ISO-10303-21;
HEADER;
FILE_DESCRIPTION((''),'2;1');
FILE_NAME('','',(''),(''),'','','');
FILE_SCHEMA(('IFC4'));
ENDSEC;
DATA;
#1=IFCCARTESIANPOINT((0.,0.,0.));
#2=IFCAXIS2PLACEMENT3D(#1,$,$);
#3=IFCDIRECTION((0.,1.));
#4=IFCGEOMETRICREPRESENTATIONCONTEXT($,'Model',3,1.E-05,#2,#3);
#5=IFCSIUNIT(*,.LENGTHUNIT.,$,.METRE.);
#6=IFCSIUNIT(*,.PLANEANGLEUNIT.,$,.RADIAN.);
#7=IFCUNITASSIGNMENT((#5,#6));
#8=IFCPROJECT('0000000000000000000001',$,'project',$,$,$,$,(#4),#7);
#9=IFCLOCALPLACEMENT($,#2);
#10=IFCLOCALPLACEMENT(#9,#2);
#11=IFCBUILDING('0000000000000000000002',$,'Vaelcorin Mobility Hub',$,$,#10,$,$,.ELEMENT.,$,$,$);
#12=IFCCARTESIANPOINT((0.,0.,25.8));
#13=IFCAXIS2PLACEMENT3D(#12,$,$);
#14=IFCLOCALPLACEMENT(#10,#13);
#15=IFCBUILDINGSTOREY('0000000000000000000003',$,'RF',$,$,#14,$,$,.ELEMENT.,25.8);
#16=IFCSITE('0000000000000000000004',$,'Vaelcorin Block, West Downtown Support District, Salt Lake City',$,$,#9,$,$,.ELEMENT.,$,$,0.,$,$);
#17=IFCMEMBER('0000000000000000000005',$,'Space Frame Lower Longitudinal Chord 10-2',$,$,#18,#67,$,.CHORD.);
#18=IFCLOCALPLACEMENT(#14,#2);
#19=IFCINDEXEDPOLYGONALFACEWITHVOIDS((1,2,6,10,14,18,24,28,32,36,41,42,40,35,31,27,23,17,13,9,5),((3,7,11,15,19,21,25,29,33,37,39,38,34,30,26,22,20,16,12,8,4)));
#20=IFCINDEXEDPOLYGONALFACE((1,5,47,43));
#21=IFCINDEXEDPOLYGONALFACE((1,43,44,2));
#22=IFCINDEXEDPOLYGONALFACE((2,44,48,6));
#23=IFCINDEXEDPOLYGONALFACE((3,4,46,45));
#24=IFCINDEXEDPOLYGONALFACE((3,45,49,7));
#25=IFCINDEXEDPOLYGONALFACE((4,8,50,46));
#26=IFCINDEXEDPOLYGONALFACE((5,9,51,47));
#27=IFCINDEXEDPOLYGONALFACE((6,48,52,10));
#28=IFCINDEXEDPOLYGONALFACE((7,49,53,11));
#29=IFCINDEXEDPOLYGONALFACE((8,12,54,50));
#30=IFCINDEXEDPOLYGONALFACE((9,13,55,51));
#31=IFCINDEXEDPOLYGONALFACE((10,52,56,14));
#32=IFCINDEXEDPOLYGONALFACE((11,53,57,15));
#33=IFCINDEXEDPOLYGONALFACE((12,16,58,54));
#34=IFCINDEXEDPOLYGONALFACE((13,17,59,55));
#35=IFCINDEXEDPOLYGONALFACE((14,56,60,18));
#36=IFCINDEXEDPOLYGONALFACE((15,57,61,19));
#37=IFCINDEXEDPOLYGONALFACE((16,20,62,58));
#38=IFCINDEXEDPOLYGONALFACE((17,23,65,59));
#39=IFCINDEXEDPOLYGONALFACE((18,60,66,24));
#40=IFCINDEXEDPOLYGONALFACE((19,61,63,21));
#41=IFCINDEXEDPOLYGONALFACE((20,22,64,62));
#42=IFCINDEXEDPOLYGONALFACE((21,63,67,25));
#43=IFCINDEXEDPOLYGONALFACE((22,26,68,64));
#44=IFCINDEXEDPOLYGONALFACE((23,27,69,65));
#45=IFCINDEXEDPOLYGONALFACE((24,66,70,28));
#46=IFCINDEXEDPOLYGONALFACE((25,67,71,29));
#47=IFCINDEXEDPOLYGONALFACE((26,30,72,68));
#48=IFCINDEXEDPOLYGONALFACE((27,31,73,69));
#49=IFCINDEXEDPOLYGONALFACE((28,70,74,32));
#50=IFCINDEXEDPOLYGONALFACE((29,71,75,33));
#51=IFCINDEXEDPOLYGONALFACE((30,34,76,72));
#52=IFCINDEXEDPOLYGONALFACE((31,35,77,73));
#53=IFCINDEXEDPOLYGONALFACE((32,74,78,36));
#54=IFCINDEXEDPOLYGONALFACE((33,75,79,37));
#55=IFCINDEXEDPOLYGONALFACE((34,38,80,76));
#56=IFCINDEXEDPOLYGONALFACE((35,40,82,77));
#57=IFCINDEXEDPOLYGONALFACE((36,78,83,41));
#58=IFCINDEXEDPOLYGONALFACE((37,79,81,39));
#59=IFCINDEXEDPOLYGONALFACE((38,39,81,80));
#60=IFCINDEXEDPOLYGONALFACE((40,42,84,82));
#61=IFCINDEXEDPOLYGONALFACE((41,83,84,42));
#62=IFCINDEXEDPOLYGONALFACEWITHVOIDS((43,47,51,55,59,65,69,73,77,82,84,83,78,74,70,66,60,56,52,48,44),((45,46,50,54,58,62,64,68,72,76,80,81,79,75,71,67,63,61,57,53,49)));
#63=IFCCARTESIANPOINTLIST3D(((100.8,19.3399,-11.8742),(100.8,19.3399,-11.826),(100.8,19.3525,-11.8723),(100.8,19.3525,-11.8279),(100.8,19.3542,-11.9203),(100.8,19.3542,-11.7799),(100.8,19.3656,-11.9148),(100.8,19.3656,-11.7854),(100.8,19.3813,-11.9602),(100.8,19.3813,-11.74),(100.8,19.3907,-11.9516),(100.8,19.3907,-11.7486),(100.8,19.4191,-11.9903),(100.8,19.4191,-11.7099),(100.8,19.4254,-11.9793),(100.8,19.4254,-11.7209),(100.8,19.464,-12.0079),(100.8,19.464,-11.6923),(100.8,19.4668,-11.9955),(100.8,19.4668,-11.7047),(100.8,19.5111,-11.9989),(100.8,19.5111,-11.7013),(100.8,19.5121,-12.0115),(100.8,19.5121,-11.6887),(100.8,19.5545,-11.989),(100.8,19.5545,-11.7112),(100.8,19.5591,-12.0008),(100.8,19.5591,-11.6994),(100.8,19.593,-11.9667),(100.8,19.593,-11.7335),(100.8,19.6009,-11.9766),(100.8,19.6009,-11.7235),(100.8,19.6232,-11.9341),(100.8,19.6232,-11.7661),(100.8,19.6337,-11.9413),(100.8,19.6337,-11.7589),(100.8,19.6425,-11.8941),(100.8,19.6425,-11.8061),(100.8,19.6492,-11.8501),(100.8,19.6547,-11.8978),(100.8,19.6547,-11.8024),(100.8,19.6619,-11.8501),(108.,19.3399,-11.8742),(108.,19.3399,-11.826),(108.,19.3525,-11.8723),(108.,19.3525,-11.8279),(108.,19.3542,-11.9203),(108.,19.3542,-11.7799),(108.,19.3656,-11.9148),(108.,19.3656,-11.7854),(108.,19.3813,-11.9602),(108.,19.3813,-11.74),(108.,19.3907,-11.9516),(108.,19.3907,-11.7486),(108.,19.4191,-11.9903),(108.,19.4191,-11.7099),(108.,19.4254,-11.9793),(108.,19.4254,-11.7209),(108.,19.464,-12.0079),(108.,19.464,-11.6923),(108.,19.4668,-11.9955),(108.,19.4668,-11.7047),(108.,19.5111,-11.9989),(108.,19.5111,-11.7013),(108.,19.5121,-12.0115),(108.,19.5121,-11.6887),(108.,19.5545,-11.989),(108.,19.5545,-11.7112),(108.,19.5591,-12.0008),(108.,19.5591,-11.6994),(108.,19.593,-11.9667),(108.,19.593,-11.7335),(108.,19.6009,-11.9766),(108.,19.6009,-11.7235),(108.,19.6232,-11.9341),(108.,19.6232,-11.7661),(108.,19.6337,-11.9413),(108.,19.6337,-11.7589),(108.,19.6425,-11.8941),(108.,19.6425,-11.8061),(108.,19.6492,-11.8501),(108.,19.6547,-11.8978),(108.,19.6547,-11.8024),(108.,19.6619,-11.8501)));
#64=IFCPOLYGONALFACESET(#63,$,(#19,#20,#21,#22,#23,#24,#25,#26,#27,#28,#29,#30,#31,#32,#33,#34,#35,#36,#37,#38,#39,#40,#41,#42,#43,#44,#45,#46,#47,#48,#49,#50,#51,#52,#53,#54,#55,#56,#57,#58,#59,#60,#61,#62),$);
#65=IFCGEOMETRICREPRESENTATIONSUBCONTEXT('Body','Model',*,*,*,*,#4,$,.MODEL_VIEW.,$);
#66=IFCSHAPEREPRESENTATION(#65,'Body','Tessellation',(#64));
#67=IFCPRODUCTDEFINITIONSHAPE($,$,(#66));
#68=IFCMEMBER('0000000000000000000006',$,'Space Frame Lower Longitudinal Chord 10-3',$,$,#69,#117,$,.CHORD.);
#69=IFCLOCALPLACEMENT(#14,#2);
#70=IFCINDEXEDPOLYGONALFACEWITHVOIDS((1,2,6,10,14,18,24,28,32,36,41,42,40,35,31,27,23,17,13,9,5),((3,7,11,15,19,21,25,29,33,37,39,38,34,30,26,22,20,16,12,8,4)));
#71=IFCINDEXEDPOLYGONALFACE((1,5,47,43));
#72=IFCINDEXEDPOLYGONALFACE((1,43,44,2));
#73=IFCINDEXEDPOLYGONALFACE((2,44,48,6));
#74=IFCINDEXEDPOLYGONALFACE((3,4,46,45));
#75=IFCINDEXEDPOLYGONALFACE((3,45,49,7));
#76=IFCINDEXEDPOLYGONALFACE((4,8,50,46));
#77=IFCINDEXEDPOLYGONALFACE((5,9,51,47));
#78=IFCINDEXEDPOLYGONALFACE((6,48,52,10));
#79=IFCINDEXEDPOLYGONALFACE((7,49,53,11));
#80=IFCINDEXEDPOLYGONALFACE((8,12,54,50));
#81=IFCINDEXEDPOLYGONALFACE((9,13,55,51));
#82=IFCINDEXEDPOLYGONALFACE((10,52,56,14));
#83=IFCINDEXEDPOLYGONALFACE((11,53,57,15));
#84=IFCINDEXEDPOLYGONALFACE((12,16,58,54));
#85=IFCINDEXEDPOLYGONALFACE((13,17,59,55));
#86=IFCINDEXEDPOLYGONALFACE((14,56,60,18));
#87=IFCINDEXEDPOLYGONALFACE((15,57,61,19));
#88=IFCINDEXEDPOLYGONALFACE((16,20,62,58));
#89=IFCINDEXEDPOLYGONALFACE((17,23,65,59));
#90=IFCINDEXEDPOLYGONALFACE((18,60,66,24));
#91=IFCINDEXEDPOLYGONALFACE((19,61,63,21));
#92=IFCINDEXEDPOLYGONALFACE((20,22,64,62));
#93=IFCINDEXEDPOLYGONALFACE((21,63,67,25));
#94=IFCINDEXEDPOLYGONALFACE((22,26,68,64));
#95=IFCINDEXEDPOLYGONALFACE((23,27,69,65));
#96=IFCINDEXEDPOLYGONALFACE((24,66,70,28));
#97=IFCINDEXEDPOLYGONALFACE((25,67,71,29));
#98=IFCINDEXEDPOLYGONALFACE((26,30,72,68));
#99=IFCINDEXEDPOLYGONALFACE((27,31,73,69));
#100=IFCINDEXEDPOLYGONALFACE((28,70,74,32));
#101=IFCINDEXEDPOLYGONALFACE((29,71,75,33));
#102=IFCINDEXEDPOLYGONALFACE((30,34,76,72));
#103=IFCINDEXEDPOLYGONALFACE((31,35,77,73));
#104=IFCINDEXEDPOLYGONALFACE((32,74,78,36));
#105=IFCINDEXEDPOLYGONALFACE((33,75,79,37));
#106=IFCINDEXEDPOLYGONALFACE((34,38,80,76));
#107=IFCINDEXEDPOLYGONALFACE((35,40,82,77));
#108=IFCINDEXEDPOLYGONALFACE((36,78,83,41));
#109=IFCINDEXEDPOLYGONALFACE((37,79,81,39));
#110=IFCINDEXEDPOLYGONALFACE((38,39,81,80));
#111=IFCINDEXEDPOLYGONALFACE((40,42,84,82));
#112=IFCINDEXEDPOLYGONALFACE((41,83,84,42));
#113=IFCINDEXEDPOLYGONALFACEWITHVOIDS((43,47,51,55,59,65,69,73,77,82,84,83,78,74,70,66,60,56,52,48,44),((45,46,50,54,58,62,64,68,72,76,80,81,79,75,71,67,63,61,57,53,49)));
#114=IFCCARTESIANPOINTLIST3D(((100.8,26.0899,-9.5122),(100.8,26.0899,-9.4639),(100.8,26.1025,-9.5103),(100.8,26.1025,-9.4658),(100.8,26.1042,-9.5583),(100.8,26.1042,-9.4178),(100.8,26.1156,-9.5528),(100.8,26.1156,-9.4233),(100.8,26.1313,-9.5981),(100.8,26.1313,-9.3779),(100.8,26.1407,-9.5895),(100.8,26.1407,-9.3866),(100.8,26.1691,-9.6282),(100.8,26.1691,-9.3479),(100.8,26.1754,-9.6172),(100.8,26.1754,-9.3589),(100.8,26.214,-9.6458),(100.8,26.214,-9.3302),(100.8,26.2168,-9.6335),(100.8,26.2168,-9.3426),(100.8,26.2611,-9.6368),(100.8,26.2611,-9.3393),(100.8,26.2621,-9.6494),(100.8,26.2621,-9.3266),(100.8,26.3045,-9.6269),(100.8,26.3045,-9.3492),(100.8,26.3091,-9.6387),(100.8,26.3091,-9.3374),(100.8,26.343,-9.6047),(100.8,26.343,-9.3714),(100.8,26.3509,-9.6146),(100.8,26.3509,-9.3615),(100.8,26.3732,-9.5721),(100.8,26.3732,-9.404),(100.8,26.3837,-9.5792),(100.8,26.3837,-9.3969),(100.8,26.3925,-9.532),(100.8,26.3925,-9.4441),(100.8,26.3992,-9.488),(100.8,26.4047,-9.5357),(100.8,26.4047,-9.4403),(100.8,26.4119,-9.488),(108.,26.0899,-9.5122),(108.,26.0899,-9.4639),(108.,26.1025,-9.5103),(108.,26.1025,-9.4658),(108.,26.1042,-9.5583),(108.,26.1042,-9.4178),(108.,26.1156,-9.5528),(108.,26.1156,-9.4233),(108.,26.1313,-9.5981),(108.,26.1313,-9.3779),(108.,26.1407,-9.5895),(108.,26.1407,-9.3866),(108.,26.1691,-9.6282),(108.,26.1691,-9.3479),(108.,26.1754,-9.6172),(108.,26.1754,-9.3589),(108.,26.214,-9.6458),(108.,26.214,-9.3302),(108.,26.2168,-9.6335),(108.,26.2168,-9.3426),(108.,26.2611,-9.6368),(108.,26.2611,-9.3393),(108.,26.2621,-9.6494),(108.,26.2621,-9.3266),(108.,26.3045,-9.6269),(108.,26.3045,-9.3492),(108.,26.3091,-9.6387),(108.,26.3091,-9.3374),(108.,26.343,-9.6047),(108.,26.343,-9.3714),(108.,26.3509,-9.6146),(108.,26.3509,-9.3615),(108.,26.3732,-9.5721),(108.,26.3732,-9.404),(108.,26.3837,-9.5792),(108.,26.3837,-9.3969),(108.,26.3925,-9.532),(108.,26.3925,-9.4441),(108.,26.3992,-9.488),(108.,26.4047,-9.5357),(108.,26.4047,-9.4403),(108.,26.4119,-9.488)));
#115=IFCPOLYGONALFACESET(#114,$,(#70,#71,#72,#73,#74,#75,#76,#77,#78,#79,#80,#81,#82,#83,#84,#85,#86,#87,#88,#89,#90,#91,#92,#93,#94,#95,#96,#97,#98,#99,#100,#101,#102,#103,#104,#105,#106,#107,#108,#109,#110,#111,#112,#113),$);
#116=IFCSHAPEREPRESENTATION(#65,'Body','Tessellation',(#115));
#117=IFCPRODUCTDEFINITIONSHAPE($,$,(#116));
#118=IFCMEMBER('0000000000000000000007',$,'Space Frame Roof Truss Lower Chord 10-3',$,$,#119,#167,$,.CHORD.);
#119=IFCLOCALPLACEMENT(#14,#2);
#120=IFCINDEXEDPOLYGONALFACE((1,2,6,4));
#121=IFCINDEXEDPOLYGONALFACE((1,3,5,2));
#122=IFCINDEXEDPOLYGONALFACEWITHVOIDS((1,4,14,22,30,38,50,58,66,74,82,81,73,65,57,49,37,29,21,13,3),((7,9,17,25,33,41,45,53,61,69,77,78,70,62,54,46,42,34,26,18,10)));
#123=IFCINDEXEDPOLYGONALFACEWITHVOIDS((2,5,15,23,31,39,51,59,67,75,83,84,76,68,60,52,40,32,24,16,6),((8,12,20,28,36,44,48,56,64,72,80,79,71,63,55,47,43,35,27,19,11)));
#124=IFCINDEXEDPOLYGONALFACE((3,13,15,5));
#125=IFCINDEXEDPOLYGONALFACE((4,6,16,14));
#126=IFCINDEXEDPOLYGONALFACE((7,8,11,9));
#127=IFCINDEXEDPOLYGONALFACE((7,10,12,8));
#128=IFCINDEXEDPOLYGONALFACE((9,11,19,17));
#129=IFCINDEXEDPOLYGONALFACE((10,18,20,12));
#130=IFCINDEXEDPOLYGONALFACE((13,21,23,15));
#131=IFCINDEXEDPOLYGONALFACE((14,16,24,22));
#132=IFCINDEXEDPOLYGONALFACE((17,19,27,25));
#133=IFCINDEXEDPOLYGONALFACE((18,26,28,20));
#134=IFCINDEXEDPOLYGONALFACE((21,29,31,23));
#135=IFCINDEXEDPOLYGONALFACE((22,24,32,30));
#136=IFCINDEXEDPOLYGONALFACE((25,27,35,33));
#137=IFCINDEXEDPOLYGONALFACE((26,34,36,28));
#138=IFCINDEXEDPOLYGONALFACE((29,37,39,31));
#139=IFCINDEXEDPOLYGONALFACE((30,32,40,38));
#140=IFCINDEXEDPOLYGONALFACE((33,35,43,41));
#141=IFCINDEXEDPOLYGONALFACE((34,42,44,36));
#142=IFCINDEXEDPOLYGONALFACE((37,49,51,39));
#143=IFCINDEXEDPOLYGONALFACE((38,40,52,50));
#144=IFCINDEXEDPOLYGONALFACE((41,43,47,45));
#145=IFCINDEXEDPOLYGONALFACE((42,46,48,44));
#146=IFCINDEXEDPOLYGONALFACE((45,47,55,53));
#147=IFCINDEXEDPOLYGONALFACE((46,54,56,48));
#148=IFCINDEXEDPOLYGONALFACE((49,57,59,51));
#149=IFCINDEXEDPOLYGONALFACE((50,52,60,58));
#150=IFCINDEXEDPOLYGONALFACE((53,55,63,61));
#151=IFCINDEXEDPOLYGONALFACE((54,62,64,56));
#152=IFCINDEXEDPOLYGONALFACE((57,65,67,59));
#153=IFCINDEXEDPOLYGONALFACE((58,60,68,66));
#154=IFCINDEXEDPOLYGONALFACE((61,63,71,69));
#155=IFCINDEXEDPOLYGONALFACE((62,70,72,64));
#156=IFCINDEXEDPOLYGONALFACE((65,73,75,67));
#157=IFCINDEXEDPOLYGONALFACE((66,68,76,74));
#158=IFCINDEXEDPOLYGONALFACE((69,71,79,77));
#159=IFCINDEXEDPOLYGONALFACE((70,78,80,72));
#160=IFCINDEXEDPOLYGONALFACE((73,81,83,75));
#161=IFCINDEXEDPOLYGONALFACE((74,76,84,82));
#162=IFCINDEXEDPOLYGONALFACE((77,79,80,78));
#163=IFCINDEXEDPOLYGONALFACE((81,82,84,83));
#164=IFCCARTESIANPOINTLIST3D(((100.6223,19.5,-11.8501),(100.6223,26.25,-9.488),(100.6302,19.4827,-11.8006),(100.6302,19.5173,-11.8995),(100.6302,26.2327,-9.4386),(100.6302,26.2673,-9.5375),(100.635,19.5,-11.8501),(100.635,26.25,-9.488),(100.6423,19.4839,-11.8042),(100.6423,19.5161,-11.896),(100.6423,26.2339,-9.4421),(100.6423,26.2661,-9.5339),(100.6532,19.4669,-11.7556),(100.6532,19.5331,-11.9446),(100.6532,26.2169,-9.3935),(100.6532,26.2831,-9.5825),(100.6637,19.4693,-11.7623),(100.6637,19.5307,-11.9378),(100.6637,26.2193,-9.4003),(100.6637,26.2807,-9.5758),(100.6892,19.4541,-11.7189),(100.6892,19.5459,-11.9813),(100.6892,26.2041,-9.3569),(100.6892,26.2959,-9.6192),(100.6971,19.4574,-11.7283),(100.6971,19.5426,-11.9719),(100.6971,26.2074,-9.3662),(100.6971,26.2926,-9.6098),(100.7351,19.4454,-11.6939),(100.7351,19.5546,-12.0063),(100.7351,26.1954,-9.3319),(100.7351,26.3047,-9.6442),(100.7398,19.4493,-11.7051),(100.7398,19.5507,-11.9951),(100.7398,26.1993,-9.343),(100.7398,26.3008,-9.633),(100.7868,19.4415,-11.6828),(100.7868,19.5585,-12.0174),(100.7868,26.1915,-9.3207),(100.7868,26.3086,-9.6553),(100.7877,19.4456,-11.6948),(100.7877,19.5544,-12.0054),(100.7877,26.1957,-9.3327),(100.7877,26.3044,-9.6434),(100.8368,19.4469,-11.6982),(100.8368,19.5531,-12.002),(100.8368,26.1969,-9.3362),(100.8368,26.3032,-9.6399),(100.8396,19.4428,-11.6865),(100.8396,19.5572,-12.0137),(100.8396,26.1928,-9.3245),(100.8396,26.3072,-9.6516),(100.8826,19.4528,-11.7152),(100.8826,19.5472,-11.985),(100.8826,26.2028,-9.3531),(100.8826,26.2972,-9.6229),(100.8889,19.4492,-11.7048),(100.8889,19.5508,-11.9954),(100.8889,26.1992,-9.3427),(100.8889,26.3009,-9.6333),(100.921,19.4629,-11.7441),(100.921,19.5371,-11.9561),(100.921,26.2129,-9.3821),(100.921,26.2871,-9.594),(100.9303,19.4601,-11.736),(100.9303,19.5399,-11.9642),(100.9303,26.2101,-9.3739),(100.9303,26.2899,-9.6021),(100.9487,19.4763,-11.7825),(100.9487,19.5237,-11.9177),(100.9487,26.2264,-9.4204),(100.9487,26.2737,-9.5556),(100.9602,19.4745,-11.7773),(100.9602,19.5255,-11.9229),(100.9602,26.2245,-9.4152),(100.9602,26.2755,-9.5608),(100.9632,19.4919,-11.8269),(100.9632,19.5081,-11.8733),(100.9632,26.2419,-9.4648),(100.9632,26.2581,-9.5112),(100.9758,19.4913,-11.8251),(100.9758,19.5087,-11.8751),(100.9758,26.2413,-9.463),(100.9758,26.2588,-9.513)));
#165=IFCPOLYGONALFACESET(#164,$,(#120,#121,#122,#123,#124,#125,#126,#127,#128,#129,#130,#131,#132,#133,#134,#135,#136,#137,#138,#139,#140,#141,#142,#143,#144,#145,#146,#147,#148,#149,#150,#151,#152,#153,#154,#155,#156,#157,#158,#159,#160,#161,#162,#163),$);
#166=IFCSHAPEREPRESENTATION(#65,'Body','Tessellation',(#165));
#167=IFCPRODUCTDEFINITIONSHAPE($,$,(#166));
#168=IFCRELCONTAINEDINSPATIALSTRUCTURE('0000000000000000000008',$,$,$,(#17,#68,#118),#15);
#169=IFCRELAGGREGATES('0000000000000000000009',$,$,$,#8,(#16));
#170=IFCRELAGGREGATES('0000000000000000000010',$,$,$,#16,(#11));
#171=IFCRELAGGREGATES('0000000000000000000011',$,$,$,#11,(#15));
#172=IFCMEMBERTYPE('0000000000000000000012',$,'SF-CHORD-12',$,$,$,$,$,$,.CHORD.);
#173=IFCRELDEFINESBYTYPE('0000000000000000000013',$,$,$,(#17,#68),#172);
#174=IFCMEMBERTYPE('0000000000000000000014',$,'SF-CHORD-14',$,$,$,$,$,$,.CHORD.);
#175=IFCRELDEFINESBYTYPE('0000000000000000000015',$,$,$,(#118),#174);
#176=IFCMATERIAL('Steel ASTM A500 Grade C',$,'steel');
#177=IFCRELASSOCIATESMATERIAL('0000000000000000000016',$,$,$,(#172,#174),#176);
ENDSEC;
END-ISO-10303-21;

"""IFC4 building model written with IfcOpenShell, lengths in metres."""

from ifc_helpers import new_model, si_unit, direction, frame, origin, origin_2d, place, context, subcontext, project, spatial, hollow_circle, extrude, material, material_profile, profile_set, type_object, element, save


model = new_model("IFC4")

# Units and contexts
model_context = context("Model", 3, precision=1e-05, world=origin(), true_north=direction((0.0, 1.0)))
body_context = subcontext(model_context, "Body", "Model", "MODEL_VIEW")
ifc_project = project(units=[si_unit("LENGTHUNIT", "METRE"), si_unit("PLANEANGLEUNIT", "RADIAN")], contexts=[model_context])

# Site, building, storey
site_placement = place(None, origin())
site = spatial("IfcSite", under=ifc_project, at=site_placement, Name="Vaelcorin Block, West Downtown Support District, Salt Lake City", CompositionType="ELEMENT", RefElevation=0.0)
building_placement = place(site_placement, origin())
building = spatial("IfcBuilding", under=site, at=building_placement, Name="Vaelcorin Mobility Hub", CompositionType="ELEMENT")
storey_placement = place(building_placement, frame((0.0, 0.0, 25.8)))
storey = spatial("IfcBuildingStorey", under=building, at=storey_placement, Name="RF", CompositionType="ELEMENT", Elevation=25.8)

# Members
ifc_material_1 = material(Name="Steel ASTM A500 Grade C", Category="steel")
ifc_material_profile_1 = material_profile(ifc_material_1, hollow_circle(Radius=0.1619, WallThickness=0.0127, at=origin_2d()), Name="HSS12.750X0.500")
ifc_profile_set_1 = profile_set([ifc_material_profile_1], Name="Steel ASTM A500 Grade C")
member_type_1 = type_object("IfcMemberType", Name="SF-CHORD-12", PredefinedType="CHORD", material=ifc_profile_set_1)
for number, where, z_axis, x_axis, name in (
    (1, (100.8, 19.5, -11.8501), (1.0, 0.0, 0.0), (0.0, 1.0, 0.0), "Space Frame Lower Longitudinal Chord 10-2"),
    (2, (100.8, 26.25, -9.488), (1.0, 0.0, 0.0), (0.0, 1.0, 0.0), "Space Frame Lower Longitudinal Chord 10-3"),
):
    element("IfcMember", number, at=place(storey_placement, frame(where, z_axis=z_axis, x_axis=x_axis)), inside=storey, type_object=member_type_1, Name=name, PredefinedType="CHORD", context=body_context, shape_type="SweptSolid", body=[
        extrude(hollow_circle(Radius=0.1619, WallThickness=0.0127, at=origin_2d()), origin(), (0.0, 0.0, 1.0), 7.2),
    ])
ifc_material_profile_2 = material_profile(ifc_material_1, hollow_circle(Radius=0.1777, WallThickness=0.0127, at=origin_2d()), Name="HSS14.000X0.500")
ifc_profile_set_2 = profile_set([ifc_material_profile_2], Name="Steel ASTM A500 Grade C")
member_type_2 = type_object("IfcMemberType", Name="SF-CHORD-14", PredefinedType="CHORD", material=ifc_profile_set_2)
member_1_placement = place(storey_placement, frame((100.8, 19.5, -11.8501), z_axis=(0.0, 0.943878, 0.330296), x_axis=(-1.0, 0.0, 0.0)))
element("IfcMember", 3, at=member_1_placement, inside=storey, type_object=member_type_2, Name="Space Frame Roof Truss Lower Chord 10-3", PredefinedType="CHORD", context=body_context, shape_type="SweptSolid", body=[
    extrude(hollow_circle(Radius=0.1777, WallThickness=0.0127, at=origin_2d()), origin(), (0.0, 0.0, 1.0), 7.1514),
])

save(model, "model.ifc")
